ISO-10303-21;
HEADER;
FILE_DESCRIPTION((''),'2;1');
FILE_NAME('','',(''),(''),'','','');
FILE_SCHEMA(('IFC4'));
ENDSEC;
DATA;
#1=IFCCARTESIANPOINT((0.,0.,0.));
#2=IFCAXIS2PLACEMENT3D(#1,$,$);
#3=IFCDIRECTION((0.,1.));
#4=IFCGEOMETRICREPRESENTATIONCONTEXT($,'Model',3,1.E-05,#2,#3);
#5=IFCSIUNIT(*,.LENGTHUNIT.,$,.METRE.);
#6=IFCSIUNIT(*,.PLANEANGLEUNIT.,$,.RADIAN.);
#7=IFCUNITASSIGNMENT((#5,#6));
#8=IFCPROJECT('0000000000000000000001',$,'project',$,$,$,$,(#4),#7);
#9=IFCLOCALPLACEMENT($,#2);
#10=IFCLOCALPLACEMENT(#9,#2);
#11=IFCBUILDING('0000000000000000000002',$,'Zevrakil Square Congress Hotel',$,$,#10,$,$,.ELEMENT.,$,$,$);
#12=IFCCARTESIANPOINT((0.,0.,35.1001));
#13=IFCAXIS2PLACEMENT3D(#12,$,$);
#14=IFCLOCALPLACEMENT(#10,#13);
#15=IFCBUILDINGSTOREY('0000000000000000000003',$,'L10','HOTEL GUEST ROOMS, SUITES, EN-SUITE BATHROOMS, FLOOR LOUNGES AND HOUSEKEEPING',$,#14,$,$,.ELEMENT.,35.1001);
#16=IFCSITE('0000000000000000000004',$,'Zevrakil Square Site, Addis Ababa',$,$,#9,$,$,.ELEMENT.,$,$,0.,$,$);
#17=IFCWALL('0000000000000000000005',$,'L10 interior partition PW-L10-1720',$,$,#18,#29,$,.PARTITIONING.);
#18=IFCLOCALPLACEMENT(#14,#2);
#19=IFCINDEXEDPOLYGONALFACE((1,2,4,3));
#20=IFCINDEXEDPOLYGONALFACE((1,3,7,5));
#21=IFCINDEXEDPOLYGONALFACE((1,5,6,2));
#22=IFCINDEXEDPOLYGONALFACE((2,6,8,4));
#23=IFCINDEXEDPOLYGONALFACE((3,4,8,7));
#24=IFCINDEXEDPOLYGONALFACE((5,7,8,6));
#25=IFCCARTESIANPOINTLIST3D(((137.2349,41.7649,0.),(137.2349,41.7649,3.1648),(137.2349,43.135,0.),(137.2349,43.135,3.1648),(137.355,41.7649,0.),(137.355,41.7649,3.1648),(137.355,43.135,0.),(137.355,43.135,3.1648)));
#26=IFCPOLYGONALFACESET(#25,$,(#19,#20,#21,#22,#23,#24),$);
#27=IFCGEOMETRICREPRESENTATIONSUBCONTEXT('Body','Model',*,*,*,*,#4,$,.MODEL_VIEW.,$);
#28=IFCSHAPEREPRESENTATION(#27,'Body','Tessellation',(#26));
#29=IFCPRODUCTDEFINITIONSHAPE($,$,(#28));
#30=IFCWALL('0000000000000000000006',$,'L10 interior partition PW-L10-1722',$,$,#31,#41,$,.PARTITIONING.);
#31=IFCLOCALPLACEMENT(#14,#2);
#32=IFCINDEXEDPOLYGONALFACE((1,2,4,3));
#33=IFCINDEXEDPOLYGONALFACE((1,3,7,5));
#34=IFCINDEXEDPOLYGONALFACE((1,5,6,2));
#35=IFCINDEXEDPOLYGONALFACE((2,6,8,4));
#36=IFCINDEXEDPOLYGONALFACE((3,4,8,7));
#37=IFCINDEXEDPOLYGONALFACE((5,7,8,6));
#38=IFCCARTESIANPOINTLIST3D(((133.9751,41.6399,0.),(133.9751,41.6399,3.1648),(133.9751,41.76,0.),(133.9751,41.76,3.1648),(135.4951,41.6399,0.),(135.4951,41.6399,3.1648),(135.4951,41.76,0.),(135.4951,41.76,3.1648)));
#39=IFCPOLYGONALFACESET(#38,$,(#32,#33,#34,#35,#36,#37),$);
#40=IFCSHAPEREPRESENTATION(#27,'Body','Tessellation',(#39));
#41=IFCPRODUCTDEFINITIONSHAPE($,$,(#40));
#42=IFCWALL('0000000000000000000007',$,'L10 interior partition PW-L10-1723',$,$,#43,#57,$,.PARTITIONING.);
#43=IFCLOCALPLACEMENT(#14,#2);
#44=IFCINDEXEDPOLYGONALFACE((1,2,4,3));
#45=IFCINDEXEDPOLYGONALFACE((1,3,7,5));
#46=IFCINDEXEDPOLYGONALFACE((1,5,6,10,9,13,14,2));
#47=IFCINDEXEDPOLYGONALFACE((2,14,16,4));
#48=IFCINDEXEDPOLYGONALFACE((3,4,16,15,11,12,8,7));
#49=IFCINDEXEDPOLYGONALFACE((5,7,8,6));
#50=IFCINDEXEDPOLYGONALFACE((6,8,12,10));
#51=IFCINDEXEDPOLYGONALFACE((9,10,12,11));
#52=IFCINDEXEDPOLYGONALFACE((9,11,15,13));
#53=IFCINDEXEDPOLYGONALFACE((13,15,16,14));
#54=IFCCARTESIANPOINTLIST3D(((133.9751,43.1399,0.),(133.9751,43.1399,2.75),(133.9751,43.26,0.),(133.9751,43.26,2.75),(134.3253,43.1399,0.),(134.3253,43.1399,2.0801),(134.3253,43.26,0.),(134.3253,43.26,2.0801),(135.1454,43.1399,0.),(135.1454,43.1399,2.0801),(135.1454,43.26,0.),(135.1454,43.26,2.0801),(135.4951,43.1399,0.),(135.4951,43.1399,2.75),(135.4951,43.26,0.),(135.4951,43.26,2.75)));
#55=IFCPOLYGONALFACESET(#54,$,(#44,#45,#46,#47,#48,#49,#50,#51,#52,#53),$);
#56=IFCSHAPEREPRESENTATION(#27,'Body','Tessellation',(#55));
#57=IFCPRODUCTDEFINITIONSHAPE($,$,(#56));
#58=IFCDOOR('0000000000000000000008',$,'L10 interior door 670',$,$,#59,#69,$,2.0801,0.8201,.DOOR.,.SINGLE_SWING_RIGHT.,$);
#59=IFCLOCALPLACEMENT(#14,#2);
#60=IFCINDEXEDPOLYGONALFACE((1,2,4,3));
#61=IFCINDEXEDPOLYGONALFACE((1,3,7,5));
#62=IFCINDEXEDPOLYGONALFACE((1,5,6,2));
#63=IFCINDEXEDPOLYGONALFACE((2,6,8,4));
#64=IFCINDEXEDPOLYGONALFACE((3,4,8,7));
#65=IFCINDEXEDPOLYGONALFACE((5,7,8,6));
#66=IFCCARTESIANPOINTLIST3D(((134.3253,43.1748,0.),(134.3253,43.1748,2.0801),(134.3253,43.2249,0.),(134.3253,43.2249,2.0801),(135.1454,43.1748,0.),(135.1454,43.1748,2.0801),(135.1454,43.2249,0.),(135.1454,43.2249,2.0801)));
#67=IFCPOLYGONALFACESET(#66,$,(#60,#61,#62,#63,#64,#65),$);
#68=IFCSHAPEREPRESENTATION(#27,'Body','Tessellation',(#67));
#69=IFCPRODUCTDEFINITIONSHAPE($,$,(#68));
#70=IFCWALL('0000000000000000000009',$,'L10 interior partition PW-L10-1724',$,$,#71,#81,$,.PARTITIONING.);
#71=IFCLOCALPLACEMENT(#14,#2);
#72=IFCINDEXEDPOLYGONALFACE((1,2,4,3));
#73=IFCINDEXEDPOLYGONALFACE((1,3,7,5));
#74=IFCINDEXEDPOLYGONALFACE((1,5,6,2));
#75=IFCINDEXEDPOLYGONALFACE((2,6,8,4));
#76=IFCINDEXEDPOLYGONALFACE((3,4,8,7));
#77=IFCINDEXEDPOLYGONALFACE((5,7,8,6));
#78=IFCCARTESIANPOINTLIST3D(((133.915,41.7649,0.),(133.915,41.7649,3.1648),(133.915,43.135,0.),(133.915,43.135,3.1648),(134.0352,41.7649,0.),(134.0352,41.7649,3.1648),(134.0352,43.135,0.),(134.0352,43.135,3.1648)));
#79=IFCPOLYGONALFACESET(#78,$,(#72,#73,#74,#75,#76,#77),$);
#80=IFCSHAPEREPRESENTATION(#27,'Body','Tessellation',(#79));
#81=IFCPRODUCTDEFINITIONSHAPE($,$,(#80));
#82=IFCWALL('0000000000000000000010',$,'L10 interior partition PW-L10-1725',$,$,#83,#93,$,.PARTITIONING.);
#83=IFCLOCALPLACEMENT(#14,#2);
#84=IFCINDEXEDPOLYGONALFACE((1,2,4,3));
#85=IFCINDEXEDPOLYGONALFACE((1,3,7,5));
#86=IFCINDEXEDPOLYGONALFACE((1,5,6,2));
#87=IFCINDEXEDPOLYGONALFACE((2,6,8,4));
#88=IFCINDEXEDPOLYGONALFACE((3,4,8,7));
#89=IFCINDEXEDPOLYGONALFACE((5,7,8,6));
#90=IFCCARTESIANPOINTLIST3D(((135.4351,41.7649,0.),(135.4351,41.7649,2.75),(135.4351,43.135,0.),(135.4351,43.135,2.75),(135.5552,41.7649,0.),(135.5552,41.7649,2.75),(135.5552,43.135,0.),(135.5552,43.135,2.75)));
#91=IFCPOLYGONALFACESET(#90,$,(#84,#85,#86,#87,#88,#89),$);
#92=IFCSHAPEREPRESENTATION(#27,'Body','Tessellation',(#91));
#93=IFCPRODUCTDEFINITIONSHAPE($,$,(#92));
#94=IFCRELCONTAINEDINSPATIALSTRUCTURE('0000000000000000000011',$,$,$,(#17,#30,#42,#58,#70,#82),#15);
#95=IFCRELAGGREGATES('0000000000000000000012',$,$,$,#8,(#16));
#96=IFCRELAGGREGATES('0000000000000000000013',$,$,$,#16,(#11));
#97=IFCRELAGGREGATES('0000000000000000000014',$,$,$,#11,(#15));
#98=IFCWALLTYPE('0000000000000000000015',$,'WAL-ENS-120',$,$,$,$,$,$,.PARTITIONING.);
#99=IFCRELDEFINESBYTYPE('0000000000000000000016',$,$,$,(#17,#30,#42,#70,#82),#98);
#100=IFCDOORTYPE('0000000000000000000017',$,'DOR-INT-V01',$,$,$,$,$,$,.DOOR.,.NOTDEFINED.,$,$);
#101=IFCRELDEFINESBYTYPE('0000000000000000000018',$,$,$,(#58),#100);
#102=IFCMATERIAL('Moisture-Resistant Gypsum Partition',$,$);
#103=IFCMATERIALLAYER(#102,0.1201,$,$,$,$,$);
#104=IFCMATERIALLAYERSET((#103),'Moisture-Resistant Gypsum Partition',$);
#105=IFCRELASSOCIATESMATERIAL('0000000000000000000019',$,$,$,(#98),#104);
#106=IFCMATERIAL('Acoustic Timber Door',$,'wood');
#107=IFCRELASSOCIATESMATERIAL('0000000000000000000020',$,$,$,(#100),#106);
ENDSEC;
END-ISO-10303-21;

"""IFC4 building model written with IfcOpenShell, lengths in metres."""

from ifc_helpers import new_model, si_unit, direction, frame, frame_2d, origin, place, context, subcontext, project, spatial, rectangle, extrude, material, layer, layer_set, type_object, element, fill, save


model = new_model("IFC4")

# Units and contexts
model_context = context("Model", 3, precision=1e-05, world=origin(), true_north=direction((0.0, 1.0)))
body_context = subcontext(model_context, "Body", "Model", "MODEL_VIEW")
ifc_project = project(units=[si_unit("LENGTHUNIT", "METRE"), si_unit("PLANEANGLEUNIT", "RADIAN")], contexts=[model_context])

# Site, building, storey
site_placement = place(None, origin())
site = spatial("IfcSite", under=ifc_project, at=site_placement, Name="Zevrakil Square Site, Addis Ababa", CompositionType="ELEMENT", RefElevation=0.0)
building_placement = place(site_placement, origin())
building = spatial("IfcBuilding", under=site, at=building_placement, Name="Zevrakil Square Congress Hotel", CompositionType="ELEMENT")
storey_placement = place(building_placement, frame((0.0, 0.0, 35.1001)))
storey = spatial("IfcBuildingStorey", under=building, at=storey_placement, Name="L10", Description="HOTEL GUEST ROOMS, SUITES, EN-SUITE BATHROOMS, FLOOR LOUNGES AND HOUSEKEEPING", CompositionType="ELEMENT", Elevation=35.1001)

# Shared definitions
ifc_material_1 = material(Name="Moisture-Resistant Gypsum Partition")
ifc_layer_1 = layer(ifc_material_1, 0.1201)
ifc_layer_set_1 = layer_set([ifc_layer_1], Name="Moisture-Resistant Gypsum Partition")
wall_type_1 = type_object("IfcWallType", Name="WAL-ENS-120", PredefinedType="PARTITIONING", material=ifc_layer_set_1)

# Shared definitions
ifc_material_2 = material(Name="Acoustic Timber Door", Category="wood")
door_type_1 = type_object("IfcDoorType", Name="DOR-INT-V01", OperationType="NOTDEFINED", PredefinedType="DOOR", material=ifc_material_2)

# Walls
wall_1_placement = place(storey_placement, frame((137.2949, 41.7649, 0.0), z_axis=(0.0, 0.0, 1.0), x_axis=(0.0, 1.0, 0.0)))
element("IfcWall", 1, at=wall_1_placement, inside=storey, type_object=wall_type_1, Name="L10 interior partition PW-L10-1720", PredefinedType="PARTITIONING", context=body_context, shape_type="SweptSolid", body=[
    extrude(rectangle(XDim=1.3701, YDim=0.1201, at=frame_2d((0.6851, 0.0))), origin(), (0.0, 0.0, 1.0), 3.1648),
])
wall_2_placement = place(storey_placement, frame((133.9751, 41.7, 0.0), z_axis=(0.0, 0.0, 1.0), x_axis=(1.0, 0.0, 0.0)))
element("IfcWall", 2, at=wall_2_placement, inside=storey, type_object=wall_type_1, Name="L10 interior partition PW-L10-1722", PredefinedType="PARTITIONING", context=body_context, shape_type="SweptSolid", body=[
    extrude(rectangle(XDim=1.52, YDim=0.1201, at=frame_2d((0.76, 0.0))), origin(), (0.0, 0.0, 1.0), 3.1648),
])

# Wall, opening, door
wall_3_placement = place(storey_placement, frame((133.9751, 43.2, 0.0), z_axis=(0.0, 0.0, 1.0), x_axis=(1.0, 0.0, 0.0)))
wall_3 = element("IfcWall", 3, at=wall_3_placement, inside=storey, type_object=wall_type_1, Name="L10 interior partition PW-L10-1723", PredefinedType="PARTITIONING", context=body_context, shape_type="SweptSolid", body=[
    extrude(rectangle(XDim=1.52, YDim=0.1201, at=frame_2d((0.76, 0.0))), origin(), (0.0, 0.0, 1.0), 2.75),
])
opening_1_placement = place(wall_3_placement, frame((0.3501, 0.0, 0.0)))
opening_1 = element("IfcOpeningElement", 4, at=opening_1_placement, cuts=wall_3, PredefinedType="OPENING", context=body_context, shape_type="SweptSolid", body=[
    extrude(rectangle(XDim=0.8201, YDim=2.0801, at=frame_2d((0.4102, 1.04))), frame((0.0, 0.0701, 0.0), z_axis=(0.0, -1.0, 0.0), x_axis=(1.0, 0.0, 0.0)), (0.0, 0.0, 1.0), 0.1401),
])
door_1_placement = place(opening_1_placement, origin())
door_1 = element("IfcDoor", 5, at=door_1_placement, inside=storey, type_object=door_type_1, Name="L10 interior door 670", OperationType="SINGLE_SWING_RIGHT", OverallHeight=2.0801, OverallWidth=0.8201, PredefinedType="DOOR", context=body_context, shape_type="SweptSolid", body=[
    extrude(rectangle(XDim=0.8201, YDim=2.0801, at=frame_2d((0.4102, 1.04))), frame((0.0, 0.0249, 0.0), z_axis=(0.0, -1.0, 0.0), x_axis=(1.0, 0.0, 0.0)), (0.0, 0.0, 1.0), 0.05),
])
fill(opening_1, door_1)

# Walls
wall_4_placement = place(storey_placement, frame((133.9751, 41.7649, 0.0), z_axis=(0.0, 0.0, 1.0), x_axis=(0.0, 1.0, 0.0)))
element("IfcWall", 6, at=wall_4_placement, inside=storey, type_object=wall_type_1, Name="L10 interior partition PW-L10-1724", PredefinedType="PARTITIONING", context=body_context, shape_type="SweptSolid", body=[
    extrude(rectangle(XDim=1.3701, YDim=0.1201, at=frame_2d((0.6851, 0.0))), origin(), (0.0, 0.0, 1.0), 3.1648),
])
wall_5_placement = place(storey_placement, frame((135.4951, 41.7649, 0.0), z_axis=(0.0, 0.0, 1.0), x_axis=(0.0, 1.0, 0.0)))
element("IfcWall", 7, at=wall_5_placement, inside=storey, type_object=wall_type_1, Name="L10 interior partition PW-L10-1725", PredefinedType="PARTITIONING", context=body_context, shape_type="SweptSolid", body=[
    extrude(rectangle(XDim=1.3701, YDim=0.1201, at=frame_2d((0.6851, 0.0))), origin(), (0.0, 0.0, 1.0), 2.75),
])

save(model, "model.ifc")
